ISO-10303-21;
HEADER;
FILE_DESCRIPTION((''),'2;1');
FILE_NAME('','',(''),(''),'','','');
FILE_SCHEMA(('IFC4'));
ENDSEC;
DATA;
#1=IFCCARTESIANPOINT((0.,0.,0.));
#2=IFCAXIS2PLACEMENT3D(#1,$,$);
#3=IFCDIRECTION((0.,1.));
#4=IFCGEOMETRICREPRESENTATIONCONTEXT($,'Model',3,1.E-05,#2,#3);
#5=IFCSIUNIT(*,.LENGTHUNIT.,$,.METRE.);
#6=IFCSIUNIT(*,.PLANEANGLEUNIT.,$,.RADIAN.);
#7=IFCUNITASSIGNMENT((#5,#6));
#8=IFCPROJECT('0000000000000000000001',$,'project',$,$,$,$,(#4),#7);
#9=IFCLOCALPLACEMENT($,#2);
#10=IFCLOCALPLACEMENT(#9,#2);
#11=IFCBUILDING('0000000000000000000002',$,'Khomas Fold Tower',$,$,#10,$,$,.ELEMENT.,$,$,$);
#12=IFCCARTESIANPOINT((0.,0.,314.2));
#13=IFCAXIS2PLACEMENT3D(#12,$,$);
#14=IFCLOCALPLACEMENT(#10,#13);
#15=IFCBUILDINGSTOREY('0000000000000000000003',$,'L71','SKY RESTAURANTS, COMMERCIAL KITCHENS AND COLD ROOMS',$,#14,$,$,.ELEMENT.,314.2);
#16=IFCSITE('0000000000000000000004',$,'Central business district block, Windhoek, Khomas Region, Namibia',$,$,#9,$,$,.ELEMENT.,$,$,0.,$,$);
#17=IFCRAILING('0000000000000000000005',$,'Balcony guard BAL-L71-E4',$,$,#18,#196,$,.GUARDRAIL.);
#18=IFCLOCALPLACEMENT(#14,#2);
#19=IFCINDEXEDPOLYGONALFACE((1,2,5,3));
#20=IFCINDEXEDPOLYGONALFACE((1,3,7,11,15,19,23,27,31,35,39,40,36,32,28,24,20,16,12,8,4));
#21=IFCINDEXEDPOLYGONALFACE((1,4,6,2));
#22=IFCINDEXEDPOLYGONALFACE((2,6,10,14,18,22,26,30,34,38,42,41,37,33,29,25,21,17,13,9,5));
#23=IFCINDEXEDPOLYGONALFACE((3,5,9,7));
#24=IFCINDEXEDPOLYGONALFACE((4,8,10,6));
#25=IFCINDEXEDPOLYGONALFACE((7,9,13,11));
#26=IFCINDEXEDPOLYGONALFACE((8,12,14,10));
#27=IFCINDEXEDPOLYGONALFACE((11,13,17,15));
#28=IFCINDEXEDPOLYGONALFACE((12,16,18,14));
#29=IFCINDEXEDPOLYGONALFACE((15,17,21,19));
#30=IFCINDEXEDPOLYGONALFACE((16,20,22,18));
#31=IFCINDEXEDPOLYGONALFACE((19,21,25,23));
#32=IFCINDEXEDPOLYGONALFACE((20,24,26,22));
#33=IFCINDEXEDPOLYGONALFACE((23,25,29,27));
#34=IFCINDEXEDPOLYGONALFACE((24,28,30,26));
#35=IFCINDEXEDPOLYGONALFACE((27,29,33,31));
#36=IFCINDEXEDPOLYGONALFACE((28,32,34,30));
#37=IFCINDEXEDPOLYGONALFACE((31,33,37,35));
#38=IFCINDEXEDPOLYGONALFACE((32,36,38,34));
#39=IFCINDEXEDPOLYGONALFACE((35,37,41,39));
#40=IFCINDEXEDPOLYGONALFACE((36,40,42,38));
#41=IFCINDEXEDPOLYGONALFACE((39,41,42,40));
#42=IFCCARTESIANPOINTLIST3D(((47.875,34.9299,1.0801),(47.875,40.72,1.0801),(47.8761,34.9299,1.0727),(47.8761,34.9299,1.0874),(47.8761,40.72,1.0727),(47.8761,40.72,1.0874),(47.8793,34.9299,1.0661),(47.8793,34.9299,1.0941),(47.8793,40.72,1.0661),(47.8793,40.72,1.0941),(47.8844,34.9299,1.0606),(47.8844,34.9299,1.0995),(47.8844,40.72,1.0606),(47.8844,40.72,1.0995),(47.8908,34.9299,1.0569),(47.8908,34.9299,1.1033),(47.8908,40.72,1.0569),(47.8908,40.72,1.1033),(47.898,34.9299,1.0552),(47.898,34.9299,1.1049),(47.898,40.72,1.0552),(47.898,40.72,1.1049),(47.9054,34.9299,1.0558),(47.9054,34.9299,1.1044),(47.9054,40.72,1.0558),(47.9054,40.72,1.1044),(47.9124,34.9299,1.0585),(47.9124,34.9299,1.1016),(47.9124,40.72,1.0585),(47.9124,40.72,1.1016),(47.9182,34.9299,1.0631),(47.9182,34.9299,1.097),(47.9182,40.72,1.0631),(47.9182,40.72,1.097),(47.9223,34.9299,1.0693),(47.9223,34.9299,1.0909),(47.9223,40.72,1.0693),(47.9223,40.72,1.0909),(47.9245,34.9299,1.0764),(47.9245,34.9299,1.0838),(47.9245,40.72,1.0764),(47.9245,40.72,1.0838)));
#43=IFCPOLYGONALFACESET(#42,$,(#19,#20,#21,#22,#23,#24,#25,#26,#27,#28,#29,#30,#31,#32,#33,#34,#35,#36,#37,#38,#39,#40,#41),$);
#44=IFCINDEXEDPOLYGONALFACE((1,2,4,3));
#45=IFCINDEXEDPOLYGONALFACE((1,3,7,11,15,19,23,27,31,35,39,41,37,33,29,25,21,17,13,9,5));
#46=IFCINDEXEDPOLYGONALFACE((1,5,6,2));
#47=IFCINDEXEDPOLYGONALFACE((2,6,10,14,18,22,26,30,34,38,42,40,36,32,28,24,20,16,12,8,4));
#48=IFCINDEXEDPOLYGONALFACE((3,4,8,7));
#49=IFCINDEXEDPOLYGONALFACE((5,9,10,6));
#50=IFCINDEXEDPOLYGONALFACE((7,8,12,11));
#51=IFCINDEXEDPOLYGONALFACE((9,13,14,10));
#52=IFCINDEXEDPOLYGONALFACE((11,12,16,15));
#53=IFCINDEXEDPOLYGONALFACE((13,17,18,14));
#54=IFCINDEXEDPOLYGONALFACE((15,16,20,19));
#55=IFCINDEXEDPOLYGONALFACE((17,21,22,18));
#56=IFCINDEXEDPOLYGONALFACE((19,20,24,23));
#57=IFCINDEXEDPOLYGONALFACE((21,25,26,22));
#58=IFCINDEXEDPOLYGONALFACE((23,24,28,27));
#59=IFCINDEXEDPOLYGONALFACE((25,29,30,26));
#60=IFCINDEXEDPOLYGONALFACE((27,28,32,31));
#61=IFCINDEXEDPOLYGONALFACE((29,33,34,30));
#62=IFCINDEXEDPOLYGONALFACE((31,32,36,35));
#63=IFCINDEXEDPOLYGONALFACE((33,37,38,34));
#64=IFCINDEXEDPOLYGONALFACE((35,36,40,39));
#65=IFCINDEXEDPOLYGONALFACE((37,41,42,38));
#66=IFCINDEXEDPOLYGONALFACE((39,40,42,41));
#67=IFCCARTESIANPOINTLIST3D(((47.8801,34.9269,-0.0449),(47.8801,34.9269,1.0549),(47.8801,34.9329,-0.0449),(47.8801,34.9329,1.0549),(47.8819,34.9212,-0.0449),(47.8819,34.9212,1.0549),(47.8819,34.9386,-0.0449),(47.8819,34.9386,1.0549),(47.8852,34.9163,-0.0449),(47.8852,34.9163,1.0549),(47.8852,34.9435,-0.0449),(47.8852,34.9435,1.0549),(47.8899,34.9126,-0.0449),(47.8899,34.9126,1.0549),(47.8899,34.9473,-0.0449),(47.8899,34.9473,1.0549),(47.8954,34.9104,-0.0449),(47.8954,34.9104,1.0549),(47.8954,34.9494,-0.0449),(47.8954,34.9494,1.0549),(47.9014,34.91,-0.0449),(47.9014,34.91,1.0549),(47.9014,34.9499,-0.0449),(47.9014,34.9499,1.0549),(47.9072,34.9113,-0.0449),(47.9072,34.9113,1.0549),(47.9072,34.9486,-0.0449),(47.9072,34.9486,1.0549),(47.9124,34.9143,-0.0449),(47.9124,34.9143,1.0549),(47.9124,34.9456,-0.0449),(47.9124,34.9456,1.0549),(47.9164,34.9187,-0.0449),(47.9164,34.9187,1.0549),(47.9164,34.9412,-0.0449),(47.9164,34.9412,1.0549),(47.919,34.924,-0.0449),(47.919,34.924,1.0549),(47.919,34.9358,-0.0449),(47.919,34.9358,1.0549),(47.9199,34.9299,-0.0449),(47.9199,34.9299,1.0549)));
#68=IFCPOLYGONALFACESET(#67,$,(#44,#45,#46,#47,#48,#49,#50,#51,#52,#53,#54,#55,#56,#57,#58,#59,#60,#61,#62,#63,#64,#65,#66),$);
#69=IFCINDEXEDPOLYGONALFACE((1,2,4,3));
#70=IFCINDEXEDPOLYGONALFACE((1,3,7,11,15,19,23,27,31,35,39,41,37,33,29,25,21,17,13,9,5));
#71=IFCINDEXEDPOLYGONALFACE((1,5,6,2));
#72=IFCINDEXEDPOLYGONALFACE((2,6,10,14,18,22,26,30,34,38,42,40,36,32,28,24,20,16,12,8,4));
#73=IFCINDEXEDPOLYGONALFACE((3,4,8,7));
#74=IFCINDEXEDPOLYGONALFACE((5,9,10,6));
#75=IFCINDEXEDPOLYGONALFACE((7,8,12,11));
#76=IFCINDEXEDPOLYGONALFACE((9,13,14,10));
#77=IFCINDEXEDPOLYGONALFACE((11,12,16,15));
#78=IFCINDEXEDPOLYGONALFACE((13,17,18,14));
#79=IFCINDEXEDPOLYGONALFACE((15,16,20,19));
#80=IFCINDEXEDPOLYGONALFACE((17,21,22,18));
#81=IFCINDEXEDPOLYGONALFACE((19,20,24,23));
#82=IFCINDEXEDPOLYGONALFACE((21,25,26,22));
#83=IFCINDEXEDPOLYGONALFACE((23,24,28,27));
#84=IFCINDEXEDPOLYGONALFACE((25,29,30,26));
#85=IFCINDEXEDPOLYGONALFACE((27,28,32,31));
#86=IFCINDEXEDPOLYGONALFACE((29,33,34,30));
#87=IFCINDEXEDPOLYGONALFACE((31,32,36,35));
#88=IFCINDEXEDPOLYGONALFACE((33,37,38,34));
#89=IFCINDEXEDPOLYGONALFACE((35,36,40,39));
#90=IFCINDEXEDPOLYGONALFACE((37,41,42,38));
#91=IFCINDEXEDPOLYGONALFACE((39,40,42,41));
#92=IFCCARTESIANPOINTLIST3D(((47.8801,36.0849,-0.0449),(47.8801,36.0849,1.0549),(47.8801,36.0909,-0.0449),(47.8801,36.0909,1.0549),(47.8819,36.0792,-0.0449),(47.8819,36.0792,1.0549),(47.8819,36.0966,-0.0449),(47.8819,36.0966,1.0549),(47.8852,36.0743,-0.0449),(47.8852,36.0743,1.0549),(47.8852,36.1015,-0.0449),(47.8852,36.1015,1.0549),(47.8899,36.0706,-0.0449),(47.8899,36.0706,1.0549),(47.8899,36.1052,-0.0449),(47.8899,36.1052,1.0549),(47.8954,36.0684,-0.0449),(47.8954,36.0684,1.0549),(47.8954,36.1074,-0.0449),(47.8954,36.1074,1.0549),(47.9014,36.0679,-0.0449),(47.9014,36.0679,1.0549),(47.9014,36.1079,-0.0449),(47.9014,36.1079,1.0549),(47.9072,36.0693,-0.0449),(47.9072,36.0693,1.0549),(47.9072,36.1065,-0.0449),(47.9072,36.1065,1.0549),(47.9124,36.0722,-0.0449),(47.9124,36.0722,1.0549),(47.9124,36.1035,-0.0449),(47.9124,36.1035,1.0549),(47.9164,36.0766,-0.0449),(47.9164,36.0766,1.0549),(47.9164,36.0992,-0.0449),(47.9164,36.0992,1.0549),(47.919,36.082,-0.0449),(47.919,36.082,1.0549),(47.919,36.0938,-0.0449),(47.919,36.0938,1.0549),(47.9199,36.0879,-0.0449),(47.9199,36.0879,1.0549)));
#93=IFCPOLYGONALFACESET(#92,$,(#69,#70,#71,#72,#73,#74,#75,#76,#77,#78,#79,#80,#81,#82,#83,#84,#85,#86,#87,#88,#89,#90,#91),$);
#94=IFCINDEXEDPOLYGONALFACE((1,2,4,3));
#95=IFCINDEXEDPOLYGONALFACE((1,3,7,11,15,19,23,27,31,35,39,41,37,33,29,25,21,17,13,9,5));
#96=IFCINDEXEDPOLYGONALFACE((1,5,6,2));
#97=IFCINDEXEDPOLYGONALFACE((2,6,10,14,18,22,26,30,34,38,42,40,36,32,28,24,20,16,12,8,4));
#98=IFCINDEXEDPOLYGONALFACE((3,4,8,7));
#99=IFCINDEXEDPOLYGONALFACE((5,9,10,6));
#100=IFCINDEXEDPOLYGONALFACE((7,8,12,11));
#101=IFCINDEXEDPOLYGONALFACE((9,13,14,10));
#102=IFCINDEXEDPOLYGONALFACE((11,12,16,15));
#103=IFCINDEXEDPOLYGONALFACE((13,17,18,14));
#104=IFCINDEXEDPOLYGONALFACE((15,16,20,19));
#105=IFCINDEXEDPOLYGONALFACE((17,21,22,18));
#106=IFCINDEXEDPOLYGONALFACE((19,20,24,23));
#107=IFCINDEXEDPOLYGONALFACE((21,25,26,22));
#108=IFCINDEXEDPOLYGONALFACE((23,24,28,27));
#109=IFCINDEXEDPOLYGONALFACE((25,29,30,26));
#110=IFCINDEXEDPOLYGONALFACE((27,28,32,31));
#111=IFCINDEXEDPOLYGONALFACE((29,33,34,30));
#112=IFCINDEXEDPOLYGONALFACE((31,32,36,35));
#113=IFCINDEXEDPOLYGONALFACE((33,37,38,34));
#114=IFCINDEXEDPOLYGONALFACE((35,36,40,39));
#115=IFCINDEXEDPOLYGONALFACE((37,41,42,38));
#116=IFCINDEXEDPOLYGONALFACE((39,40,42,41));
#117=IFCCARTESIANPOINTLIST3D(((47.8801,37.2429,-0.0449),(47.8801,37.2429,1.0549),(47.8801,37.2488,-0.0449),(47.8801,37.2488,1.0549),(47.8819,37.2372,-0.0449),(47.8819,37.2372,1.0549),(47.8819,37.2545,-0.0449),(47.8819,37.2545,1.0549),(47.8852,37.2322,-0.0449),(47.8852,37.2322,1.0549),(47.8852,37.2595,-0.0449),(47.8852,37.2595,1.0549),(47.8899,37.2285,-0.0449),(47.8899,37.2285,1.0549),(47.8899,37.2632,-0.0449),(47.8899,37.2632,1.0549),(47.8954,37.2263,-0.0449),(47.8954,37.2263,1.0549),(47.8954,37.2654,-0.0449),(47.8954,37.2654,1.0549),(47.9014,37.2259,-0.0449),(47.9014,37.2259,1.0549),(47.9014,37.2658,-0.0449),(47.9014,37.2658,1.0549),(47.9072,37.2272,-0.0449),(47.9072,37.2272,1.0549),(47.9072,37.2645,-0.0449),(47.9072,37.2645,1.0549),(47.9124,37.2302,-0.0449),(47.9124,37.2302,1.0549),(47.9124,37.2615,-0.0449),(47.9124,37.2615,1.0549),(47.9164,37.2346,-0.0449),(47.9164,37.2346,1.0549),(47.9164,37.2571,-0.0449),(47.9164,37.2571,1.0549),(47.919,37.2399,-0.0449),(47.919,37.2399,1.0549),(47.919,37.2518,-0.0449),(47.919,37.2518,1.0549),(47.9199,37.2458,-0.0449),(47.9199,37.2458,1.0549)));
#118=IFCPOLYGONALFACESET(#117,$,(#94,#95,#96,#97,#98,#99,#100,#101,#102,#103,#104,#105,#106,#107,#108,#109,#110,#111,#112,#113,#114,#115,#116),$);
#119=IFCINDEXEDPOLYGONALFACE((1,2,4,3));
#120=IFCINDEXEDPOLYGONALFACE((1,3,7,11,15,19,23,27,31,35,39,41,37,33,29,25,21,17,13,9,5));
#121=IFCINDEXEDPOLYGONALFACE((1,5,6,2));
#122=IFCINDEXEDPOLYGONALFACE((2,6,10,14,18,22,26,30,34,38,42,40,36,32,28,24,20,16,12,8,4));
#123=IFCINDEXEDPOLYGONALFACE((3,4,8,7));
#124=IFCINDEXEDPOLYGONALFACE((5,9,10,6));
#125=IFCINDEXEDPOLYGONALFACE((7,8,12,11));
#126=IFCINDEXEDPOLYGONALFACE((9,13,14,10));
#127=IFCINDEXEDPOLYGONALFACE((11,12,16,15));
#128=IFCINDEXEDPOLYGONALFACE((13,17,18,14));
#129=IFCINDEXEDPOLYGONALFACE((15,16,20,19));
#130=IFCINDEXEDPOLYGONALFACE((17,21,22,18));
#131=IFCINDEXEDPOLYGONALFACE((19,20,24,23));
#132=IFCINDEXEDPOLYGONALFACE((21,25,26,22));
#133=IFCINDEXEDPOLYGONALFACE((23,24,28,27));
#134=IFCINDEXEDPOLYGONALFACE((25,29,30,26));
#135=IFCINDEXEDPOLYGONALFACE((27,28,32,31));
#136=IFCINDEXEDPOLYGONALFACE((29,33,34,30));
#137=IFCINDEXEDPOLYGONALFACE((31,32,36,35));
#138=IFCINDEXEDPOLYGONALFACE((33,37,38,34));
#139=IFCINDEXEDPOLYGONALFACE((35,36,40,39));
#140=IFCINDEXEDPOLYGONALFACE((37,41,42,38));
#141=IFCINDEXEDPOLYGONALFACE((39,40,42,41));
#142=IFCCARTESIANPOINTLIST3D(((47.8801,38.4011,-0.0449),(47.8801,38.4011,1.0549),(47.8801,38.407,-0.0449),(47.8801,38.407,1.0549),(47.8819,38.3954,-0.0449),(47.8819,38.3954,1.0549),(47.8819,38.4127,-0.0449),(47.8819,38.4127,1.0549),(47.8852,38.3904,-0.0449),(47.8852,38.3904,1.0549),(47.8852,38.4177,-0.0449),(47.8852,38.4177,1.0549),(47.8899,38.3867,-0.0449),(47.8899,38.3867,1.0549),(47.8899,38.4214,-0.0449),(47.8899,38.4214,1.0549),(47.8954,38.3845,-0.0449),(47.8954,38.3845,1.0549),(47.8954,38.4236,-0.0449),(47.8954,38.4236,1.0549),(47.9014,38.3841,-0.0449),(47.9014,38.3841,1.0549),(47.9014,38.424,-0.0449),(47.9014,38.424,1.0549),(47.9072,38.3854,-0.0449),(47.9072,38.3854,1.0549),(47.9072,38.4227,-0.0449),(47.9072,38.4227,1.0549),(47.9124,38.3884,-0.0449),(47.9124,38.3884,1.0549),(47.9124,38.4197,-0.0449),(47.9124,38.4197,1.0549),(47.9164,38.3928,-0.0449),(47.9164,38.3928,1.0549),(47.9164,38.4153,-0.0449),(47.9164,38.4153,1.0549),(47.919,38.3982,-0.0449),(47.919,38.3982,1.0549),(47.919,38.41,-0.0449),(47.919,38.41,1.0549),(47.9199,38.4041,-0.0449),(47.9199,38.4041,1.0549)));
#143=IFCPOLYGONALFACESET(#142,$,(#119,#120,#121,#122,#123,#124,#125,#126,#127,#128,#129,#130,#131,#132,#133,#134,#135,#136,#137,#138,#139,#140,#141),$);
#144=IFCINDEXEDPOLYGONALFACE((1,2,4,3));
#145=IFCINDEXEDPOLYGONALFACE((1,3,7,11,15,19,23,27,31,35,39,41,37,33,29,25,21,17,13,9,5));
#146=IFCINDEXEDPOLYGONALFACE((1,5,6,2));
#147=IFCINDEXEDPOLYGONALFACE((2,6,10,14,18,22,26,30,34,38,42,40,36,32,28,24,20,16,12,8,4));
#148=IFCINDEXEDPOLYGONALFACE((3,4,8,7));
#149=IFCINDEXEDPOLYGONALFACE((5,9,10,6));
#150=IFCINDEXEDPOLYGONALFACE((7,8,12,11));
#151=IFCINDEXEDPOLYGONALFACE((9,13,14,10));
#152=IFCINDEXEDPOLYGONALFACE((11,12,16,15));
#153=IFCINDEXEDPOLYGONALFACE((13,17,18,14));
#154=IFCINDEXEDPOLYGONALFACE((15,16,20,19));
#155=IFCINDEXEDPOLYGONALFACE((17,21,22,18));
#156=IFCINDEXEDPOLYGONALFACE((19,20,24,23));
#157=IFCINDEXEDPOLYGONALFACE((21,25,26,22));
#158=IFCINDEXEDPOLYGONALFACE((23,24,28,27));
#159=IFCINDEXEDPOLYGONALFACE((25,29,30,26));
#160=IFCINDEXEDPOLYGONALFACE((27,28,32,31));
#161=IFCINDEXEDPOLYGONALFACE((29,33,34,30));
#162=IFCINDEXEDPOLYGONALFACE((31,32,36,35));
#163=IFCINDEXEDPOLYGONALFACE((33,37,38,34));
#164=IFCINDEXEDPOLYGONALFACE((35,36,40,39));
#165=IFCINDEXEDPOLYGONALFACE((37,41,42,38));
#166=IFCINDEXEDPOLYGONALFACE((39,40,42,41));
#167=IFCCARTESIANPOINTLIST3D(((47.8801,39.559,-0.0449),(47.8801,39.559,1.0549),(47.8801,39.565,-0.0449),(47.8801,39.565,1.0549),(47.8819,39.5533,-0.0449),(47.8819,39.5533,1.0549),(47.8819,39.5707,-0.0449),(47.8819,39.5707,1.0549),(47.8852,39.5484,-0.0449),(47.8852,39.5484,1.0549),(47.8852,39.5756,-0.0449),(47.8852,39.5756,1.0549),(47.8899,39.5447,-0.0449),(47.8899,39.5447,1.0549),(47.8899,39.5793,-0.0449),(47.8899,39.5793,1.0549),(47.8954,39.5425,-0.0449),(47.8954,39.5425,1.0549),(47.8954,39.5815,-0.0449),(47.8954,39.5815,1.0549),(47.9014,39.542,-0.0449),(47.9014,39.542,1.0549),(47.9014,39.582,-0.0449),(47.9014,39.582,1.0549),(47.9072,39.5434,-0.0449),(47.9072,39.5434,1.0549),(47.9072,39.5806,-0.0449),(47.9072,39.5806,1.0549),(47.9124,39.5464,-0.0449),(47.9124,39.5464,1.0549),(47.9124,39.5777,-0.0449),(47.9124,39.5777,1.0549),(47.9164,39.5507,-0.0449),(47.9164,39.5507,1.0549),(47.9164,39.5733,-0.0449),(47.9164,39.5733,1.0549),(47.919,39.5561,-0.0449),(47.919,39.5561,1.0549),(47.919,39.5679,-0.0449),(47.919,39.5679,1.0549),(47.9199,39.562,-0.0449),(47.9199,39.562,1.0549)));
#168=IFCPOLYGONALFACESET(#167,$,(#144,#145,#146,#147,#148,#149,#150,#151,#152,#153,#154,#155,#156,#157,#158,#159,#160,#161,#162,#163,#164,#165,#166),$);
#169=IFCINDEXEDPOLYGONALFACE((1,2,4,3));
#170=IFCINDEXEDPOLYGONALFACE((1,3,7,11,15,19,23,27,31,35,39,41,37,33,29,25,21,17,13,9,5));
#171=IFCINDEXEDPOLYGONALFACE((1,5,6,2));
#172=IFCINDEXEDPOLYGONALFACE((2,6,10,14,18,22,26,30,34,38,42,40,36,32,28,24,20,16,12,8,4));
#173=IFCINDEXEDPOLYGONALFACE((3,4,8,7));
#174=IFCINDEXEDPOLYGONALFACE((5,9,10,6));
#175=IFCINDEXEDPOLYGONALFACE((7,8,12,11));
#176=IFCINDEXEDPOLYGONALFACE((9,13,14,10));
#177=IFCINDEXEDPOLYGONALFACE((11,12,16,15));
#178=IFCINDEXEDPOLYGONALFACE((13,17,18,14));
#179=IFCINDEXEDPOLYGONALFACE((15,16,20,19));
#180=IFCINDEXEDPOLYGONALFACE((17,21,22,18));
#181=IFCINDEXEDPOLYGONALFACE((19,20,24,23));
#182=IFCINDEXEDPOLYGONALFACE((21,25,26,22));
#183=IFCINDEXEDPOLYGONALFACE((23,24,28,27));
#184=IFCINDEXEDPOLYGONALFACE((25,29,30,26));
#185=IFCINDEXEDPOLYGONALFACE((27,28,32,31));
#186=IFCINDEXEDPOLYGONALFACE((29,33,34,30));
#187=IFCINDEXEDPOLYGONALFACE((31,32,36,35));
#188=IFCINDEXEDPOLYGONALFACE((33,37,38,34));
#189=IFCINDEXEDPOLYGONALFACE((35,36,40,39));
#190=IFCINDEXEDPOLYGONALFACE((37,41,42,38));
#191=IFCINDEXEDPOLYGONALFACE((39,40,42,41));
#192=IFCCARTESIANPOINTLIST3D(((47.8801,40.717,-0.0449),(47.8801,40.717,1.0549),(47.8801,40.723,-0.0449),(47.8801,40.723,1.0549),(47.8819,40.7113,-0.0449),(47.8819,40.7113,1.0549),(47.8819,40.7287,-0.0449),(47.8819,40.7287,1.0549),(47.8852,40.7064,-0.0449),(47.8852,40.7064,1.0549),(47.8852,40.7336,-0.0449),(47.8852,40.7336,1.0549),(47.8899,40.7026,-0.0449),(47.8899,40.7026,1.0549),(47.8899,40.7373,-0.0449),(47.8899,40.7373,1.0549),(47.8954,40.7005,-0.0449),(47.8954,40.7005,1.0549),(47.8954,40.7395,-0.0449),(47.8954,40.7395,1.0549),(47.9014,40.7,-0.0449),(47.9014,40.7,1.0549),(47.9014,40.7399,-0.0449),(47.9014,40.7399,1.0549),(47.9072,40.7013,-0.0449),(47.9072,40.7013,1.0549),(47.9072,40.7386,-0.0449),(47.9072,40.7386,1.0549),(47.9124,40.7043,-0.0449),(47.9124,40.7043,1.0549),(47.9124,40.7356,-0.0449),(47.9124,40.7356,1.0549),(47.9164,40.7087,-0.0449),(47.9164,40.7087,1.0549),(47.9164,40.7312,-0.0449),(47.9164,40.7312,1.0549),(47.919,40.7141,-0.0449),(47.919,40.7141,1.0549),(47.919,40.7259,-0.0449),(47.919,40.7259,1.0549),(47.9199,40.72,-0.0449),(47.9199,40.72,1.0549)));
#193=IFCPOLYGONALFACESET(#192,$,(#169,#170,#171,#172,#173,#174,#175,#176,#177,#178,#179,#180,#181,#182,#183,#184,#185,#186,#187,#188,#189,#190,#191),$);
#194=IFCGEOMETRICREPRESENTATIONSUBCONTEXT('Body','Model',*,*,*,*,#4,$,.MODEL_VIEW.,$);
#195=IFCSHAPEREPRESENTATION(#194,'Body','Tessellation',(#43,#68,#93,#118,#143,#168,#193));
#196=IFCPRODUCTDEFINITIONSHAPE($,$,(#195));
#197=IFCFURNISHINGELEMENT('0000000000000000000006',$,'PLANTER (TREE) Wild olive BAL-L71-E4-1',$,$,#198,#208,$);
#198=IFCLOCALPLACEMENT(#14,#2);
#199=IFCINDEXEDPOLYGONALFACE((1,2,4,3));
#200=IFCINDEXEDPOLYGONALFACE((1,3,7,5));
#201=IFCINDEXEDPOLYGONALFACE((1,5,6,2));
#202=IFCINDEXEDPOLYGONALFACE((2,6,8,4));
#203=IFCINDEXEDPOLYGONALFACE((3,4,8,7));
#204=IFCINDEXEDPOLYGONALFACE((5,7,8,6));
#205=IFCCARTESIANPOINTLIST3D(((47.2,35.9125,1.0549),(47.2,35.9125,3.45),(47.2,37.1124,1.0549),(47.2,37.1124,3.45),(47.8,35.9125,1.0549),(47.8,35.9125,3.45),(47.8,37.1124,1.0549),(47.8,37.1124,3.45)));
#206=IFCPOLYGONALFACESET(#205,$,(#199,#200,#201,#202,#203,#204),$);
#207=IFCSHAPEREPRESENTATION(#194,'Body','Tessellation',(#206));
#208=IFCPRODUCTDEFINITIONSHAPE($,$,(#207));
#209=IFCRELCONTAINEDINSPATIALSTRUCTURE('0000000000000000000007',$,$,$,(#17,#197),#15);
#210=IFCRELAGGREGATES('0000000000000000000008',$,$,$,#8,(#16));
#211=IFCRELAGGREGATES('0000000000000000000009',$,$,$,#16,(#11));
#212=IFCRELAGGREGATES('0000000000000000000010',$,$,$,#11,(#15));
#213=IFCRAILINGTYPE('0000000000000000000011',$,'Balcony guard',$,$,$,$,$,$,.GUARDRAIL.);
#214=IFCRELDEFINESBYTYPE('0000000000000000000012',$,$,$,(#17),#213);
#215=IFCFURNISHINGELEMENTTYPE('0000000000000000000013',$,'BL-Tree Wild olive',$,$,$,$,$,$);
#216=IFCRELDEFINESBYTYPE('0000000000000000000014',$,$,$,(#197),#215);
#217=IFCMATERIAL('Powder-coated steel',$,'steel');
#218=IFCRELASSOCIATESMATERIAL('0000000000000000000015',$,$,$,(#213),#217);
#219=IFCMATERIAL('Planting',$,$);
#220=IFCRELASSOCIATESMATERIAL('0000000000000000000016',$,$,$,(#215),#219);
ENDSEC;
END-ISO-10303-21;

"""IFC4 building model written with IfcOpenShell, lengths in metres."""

from ifc_helpers import new_model, si_unit, direction, frame, origin, origin_2d, place, context, subcontext, project, spatial, rectangle, circle, extrude, source, transform, mapped, material, type_object, element, save


model = new_model("IFC4")

# Units and contexts
model_context = context("Model", 3, precision=1e-05, world=origin(), true_north=direction((0.0, 1.0)))
body_context = subcontext(model_context, "Body", "Model", "MODEL_VIEW")
ifc_project = project(units=[si_unit("LENGTHUNIT", "METRE"), si_unit("PLANEANGLEUNIT", "RADIAN")], contexts=[model_context])

# Site, building, storey
site_placement = place(None, origin())
site = spatial("IfcSite", under=ifc_project, at=site_placement, Name="Central business district block, Windhoek, Khomas Region, Namibia", CompositionType="ELEMENT", RefElevation=0.0)
building_placement = place(site_placement, origin())
building = spatial("IfcBuilding", under=site, at=building_placement, Name="Khomas Fold Tower", CompositionType="ELEMENT")
storey_placement = place(building_placement, frame((0.0, 0.0, 314.2)))
storey = spatial("IfcBuildingStorey", under=building, at=storey_placement, Name="L71", Description="SKY RESTAURANTS, COMMERCIAL KITCHENS AND COLD ROOMS", CompositionType="ELEMENT", Elevation=314.2)

# Railing
ifc_material_1 = material(Name="Powder-coated steel", Category="steel")
railing_type = type_object("IfcRailingType", Name="Balcony guard", PredefinedType="GUARDRAIL", material=ifc_material_1)
shared_shape_1 = source(origin(), body_context, "Body", "SweptSolid", [
    extrude(circle(Radius=0.0249, at=origin_2d()), frame((0.0, 0.0, 1.125), z_axis=(0.0, 1.0, 0.0), x_axis=(-1.0, 0.0, 0.0)), (0.0, 0.0, 1.0), 5.79),
    extrude(circle(Radius=0.02, at=origin_2d()), origin(), (0.0, 0.0, 1.0), 1.0999),
    extrude(circle(Radius=0.02, at=origin_2d()), frame((0.0, 1.158, 0.0)), (0.0, 0.0, 1.0), 1.0999),
    extrude(circle(Radius=0.02, at=origin_2d()), frame((0.0, 2.3159, 0.0)), (0.0, 0.0, 1.0), 1.0999),
    extrude(circle(Radius=0.02, at=origin_2d()), frame((0.0, 3.4741, 0.0)), (0.0, 0.0, 1.0), 1.0999),
    extrude(circle(Radius=0.02, at=origin_2d()), frame((0.0, 4.6321, 0.0)), (0.0, 0.0, 1.0), 1.0999),
    extrude(circle(Radius=0.02, at=origin_2d()), frame((0.0, 5.79, 0.0)), (0.0, 0.0, 1.0), 1.0999),
])
railing_placement = place(storey_placement, frame((47.8999, 34.9299, -0.0449)))
element("IfcRailing", 1, at=railing_placement, inside=storey, type_object=railing_type, Name="Balcony guard BAL-L71-E4", PredefinedType="GUARDRAIL", context=body_context, shape_type="MappedRepresentation", body=[
    mapped(shared_shape_1, transform((0.0, 0.0, 0.0))),
])

# Furnishing element
ifc_material_2 = material(Name="Planting")
furnishing_element_type_1 = type_object("IfcFurnishingElementType", Name="BL-Tree Wild olive", material=ifc_material_2)
shared_shape_2 = source(origin(), body_context, "Body", "SweptSolid", [
    extrude(rectangle(XDim=1.2, YDim=0.6001, at=origin_2d()), origin(), (0.0, 0.0, 1.0), 2.395),
])
furnishing_1_placement = place(storey_placement, frame((47.5, 36.5125, 1.0549), z_axis=(0.0, 0.0, 1.0), x_axis=(0.0, 1.0, 0.0)))
element("IfcFurnishingElement", 2, at=furnishing_1_placement, inside=storey, type_object=furnishing_element_type_1, Name="PLANTER (TREE) Wild olive BAL-L71-E4-1", context=body_context, shape_type="MappedRepresentation", body=[
    mapped(shared_shape_2, transform((0.0, 0.0, 0.0))),
])

save(model, "model.ifc")
